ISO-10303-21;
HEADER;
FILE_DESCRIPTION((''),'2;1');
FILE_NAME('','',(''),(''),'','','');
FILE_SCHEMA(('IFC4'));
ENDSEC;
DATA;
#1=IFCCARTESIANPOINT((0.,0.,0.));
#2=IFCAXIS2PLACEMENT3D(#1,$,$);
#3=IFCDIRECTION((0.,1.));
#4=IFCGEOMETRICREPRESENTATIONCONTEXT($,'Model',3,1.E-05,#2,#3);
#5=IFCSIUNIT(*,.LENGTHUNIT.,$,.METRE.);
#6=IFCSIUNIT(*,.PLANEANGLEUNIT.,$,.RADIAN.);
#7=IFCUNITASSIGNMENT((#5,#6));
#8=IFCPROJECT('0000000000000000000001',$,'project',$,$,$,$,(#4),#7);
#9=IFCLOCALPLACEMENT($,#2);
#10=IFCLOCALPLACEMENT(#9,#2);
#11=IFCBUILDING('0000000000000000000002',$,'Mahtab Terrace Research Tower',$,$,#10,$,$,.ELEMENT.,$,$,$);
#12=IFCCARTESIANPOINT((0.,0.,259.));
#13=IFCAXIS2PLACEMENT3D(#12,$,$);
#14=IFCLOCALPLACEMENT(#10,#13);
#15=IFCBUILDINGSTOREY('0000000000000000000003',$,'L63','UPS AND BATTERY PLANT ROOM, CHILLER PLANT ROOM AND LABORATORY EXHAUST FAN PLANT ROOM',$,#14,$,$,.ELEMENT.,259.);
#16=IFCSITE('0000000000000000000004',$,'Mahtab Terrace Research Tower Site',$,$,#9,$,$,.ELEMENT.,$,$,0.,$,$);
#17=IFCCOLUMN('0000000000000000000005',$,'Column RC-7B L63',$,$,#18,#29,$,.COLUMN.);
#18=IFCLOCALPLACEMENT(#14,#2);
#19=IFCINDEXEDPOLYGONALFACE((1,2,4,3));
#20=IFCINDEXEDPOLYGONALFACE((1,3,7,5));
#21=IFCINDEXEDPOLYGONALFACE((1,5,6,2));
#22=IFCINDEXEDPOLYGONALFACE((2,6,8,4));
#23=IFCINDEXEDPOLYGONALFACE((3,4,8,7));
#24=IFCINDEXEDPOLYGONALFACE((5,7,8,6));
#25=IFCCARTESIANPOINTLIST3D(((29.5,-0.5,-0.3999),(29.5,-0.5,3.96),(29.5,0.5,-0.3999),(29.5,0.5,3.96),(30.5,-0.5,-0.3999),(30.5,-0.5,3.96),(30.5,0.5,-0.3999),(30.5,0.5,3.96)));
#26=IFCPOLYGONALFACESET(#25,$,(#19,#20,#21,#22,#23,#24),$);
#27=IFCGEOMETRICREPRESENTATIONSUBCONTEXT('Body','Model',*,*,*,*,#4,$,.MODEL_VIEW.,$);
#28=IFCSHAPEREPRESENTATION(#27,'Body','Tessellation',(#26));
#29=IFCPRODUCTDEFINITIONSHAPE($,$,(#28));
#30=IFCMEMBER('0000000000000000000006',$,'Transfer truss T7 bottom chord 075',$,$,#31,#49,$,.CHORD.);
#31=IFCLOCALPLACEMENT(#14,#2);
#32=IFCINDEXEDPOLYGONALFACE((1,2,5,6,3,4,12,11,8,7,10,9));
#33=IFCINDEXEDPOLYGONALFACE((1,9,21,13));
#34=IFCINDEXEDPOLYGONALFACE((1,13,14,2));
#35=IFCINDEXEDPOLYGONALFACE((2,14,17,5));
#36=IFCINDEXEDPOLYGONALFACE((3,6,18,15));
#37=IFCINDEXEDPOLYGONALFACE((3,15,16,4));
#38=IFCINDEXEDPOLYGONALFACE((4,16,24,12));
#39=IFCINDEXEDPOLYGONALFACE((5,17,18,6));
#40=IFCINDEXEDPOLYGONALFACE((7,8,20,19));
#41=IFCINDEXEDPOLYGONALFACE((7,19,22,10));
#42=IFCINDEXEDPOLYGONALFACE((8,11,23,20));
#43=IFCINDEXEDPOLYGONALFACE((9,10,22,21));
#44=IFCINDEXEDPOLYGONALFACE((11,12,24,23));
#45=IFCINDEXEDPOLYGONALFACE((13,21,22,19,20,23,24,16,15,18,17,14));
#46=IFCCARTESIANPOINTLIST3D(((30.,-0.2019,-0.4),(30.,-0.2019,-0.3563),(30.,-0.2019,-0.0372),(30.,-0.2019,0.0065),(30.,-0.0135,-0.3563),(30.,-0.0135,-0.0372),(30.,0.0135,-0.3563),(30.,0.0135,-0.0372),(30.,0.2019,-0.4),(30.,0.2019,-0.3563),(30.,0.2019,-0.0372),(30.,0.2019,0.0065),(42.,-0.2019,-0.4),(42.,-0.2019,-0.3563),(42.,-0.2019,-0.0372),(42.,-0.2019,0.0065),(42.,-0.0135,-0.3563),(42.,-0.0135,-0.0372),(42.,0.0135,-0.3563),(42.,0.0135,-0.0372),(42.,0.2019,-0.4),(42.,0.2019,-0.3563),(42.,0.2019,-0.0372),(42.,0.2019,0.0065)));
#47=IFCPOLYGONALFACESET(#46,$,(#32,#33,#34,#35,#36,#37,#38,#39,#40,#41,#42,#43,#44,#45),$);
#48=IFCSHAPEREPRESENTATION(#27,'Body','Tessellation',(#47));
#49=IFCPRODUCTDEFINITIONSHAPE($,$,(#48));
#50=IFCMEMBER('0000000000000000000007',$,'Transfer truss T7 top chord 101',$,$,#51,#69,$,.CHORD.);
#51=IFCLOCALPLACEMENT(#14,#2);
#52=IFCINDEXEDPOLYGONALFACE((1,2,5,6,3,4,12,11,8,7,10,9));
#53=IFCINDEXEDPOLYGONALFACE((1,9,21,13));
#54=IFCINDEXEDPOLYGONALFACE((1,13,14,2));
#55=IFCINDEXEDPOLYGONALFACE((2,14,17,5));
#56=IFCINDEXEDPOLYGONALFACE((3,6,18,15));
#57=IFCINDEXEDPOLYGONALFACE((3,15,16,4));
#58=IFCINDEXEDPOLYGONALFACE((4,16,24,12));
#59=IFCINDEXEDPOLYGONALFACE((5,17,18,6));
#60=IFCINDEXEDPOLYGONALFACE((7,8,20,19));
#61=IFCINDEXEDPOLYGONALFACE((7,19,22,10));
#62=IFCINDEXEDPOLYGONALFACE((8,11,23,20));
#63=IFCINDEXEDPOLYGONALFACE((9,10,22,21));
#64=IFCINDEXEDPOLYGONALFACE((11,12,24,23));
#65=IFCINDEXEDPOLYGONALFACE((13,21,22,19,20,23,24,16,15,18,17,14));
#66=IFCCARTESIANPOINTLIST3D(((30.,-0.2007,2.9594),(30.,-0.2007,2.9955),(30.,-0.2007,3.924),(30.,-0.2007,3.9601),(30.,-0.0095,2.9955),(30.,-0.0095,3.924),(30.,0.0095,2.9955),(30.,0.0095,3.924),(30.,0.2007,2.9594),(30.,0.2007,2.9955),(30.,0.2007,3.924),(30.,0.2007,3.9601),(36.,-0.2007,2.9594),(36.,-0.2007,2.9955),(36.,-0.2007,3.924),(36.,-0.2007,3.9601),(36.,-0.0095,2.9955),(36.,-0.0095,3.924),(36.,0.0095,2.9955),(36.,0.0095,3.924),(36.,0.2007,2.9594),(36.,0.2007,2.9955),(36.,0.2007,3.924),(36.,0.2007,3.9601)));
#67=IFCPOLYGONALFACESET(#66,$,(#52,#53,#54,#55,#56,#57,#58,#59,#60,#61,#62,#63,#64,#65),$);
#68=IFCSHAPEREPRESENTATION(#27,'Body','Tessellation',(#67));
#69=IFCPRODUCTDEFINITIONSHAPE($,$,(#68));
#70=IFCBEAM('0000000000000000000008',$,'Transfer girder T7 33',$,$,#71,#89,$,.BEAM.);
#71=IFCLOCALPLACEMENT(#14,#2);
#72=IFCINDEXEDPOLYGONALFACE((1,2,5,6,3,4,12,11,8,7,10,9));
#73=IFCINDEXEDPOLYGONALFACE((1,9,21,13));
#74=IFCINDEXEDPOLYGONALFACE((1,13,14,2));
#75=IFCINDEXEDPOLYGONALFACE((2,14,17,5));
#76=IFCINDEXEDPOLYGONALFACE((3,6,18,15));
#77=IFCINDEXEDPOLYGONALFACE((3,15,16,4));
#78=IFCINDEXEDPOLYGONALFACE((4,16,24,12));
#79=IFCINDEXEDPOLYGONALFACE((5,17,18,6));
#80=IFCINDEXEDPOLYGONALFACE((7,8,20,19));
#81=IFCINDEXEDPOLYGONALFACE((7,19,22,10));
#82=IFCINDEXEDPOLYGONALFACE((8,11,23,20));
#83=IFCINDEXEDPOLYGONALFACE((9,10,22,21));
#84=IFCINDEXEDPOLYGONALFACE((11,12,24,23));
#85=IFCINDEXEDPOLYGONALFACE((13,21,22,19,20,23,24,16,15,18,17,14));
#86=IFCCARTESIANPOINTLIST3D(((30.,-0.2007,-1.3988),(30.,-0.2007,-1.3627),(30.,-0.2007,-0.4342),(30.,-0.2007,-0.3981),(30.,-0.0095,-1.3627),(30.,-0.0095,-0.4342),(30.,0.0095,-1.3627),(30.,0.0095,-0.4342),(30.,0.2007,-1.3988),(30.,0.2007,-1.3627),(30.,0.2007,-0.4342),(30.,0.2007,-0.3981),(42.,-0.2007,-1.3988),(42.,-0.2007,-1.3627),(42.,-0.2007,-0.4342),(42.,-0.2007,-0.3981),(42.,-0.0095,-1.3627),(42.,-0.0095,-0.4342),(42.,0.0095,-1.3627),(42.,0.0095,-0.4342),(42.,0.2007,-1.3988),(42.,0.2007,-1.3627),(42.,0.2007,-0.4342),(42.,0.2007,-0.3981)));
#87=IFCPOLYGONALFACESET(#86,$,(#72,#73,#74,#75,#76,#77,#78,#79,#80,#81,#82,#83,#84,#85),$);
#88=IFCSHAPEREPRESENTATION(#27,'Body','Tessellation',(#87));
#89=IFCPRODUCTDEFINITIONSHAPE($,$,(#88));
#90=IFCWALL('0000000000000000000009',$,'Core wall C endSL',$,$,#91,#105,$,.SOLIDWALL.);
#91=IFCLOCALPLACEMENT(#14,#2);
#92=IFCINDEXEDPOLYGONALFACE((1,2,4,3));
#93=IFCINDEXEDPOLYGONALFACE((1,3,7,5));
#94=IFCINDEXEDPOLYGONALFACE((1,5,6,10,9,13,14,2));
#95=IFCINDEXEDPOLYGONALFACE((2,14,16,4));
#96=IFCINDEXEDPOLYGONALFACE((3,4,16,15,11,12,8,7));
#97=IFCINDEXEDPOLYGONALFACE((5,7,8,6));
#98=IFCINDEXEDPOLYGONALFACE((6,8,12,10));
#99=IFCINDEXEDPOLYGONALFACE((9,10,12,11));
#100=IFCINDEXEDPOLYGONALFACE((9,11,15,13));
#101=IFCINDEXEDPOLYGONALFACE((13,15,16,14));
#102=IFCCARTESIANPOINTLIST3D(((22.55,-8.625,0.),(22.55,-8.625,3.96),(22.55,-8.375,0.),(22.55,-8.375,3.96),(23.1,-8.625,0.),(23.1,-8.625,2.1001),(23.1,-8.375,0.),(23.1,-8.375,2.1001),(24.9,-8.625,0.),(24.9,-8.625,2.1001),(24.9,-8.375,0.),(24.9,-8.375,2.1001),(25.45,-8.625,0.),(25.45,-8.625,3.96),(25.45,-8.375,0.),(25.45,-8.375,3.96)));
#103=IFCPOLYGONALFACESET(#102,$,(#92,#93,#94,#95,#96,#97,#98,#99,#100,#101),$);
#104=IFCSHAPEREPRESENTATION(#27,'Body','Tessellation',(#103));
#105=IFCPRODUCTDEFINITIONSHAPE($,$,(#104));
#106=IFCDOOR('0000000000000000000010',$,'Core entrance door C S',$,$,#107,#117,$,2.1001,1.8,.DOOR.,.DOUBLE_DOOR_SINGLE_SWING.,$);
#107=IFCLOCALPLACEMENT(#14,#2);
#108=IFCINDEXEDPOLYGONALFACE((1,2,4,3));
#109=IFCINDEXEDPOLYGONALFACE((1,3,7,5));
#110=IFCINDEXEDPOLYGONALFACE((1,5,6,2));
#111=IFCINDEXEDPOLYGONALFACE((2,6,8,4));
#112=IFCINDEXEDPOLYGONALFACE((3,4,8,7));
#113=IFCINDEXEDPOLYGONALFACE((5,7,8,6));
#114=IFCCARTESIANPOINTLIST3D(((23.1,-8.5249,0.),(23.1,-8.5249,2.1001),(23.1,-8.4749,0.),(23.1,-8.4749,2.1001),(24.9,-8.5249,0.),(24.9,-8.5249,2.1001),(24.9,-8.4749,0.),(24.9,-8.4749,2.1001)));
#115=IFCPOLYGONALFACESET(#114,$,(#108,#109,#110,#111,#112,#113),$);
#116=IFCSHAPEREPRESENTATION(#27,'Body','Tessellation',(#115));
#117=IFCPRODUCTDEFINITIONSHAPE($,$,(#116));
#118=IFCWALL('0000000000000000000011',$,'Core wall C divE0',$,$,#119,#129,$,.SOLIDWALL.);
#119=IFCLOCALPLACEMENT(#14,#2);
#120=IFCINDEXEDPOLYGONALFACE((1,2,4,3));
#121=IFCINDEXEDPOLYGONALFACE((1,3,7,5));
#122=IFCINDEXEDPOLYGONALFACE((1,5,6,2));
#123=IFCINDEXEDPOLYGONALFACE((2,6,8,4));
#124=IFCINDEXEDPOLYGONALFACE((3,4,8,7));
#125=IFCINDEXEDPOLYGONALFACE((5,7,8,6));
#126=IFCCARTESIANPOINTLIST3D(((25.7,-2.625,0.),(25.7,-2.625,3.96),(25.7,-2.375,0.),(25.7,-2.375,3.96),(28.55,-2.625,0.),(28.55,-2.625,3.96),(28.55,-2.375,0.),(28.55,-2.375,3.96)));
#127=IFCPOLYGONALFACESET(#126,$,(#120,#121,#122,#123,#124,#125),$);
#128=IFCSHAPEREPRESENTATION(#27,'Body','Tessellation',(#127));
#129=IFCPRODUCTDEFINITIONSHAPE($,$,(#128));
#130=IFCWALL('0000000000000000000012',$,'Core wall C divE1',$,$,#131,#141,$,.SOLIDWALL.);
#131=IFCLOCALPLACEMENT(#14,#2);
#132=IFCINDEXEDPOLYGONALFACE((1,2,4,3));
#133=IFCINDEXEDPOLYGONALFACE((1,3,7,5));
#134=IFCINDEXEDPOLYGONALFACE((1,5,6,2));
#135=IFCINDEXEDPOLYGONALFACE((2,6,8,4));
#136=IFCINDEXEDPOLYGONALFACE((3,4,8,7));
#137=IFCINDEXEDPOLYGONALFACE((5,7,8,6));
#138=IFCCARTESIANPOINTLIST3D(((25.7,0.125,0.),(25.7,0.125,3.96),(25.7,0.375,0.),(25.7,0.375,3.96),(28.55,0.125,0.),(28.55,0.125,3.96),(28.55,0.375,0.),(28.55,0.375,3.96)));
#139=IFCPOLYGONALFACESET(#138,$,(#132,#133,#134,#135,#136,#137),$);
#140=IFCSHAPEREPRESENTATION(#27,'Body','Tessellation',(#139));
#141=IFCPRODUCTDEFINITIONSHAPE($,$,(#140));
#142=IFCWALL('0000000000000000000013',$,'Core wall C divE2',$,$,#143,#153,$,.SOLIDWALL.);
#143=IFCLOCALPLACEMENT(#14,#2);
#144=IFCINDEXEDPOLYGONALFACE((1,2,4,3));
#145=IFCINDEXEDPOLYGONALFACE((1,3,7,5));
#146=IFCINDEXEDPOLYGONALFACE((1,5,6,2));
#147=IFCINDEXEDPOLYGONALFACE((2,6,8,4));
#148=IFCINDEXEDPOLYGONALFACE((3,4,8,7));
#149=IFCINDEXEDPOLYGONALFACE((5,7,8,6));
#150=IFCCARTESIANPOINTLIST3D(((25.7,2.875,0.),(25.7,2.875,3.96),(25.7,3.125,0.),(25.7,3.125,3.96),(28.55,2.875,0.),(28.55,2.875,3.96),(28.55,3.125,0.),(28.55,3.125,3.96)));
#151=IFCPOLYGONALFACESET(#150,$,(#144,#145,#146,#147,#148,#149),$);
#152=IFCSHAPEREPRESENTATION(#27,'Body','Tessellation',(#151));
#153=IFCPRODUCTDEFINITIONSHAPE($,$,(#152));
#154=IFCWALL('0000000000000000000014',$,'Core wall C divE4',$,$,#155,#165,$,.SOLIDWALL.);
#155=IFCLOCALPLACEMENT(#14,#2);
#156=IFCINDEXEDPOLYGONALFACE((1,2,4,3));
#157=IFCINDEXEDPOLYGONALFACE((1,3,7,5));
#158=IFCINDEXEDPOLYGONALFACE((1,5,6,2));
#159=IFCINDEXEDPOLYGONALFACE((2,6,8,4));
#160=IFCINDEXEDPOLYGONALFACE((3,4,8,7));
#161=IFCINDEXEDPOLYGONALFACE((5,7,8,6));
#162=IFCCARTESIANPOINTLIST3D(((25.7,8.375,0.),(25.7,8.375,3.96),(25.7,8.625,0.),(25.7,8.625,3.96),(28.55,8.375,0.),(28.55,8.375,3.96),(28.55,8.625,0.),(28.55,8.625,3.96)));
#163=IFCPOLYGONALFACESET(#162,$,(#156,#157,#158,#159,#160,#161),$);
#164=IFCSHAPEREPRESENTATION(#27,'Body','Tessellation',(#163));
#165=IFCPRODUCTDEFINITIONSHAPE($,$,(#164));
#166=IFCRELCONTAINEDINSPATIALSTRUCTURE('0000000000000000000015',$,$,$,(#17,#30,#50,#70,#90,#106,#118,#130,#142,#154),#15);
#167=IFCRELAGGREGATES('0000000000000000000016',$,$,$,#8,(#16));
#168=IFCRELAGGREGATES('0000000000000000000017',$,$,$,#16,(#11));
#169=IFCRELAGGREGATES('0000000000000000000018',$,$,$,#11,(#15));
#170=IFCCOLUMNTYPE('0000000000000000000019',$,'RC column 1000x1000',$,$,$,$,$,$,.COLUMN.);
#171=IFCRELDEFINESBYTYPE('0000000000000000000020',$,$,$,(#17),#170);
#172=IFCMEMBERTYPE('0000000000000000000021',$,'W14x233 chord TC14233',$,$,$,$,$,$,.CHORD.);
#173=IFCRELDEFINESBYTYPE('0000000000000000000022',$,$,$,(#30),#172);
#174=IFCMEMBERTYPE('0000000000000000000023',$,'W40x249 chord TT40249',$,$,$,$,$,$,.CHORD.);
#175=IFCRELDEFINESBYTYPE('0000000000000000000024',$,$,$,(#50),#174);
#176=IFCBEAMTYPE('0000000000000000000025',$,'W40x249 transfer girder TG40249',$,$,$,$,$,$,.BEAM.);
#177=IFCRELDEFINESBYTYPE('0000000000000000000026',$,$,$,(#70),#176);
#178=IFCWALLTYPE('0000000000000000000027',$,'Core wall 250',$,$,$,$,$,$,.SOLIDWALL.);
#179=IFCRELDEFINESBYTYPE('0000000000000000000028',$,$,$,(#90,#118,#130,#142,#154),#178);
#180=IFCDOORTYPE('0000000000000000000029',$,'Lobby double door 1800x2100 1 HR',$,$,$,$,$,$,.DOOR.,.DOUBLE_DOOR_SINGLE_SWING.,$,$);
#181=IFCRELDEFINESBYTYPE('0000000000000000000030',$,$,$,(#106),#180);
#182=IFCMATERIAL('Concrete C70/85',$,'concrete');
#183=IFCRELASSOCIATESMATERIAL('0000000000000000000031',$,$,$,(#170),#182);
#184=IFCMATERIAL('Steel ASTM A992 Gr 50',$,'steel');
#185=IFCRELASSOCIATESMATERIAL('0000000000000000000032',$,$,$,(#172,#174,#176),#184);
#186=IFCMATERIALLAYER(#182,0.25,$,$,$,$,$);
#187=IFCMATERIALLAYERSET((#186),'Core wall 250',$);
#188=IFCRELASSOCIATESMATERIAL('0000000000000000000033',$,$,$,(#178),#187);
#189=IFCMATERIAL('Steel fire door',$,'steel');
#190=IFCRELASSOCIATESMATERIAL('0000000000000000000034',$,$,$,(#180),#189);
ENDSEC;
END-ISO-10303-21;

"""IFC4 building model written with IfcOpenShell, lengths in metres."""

from ifc_helpers import new_model, si_unit, direction, frame, frame_2d, origin, origin_2d, place, context, subcontext, project, spatial, rectangle, i_section, extrude, material, layer, layer_set, material_profile, profile_set, type_object, element, fill, save


model = new_model("IFC4")

# Units and contexts
model_context = context("Model", 3, precision=1e-05, world=origin(), true_north=direction((0.0, 1.0)))
body_context = subcontext(model_context, "Body", "Model", "MODEL_VIEW")
ifc_project = project(units=[si_unit("LENGTHUNIT", "METRE"), si_unit("PLANEANGLEUNIT", "RADIAN")], contexts=[model_context])

# Site, building, storey
site_placement = place(None, origin())
site = spatial("IfcSite", under=ifc_project, at=site_placement, Name="Mahtab Terrace Research Tower Site", CompositionType="ELEMENT", RefElevation=0.0)
building_placement = place(site_placement, origin())
building = spatial("IfcBuilding", under=site, at=building_placement, Name="Mahtab Terrace Research Tower", CompositionType="ELEMENT")
storey_placement = place(building_placement, frame((0.0, 0.0, 259.0)))
storey = spatial("IfcBuildingStorey", under=building, at=storey_placement, Name="L63", Description="UPS AND BATTERY PLANT ROOM, CHILLER PLANT ROOM AND LABORATORY EXHAUST FAN PLANT ROOM", CompositionType="ELEMENT", Elevation=259.0)

# Column
ifc_material_1 = material(Name="Concrete C70/85", Category="concrete")
ifc_material_profile_1 = material_profile(ifc_material_1, rectangle(XDim=1.0, YDim=1.0, at=origin_2d()), Name="RC column 1000x1000")
ifc_profile_set_1 = profile_set([ifc_material_profile_1], Name="Concrete C70/85")
column_type = type_object("IfcColumnType", Name="RC column 1000x1000", PredefinedType="COLUMN", material=ifc_profile_set_1)
column_placement = place(storey_placement, frame((30.0, 0.0, -0.3999), z_axis=(0.0, 0.0, 1.0), x_axis=(1.0, 0.0, 0.0)))
element("IfcColumn", 1, at=column_placement, inside=storey, type_object=column_type, Name="Column RC-7B L63", PredefinedType="COLUMN", context=body_context, shape_type="SweptSolid", body=[
    extrude(rectangle(XDim=1.0, YDim=1.0, at=origin_2d()), origin(), (0.0, 0.0, 1.0), 4.3599),
])

# Members
ifc_material_2 = material(Name="Steel ASTM A992 Gr 50", Category="steel")
ifc_material_profile_2 = material_profile(ifc_material_2, i_section(OverallWidth=0.4038, OverallDepth=0.4065, WebThickness=0.0271, FlangeThickness=0.0437, at=origin_2d()), Name="W14X233")
ifc_profile_set_2 = profile_set([ifc_material_profile_2], Name="Steel ASTM A992 Gr 50")
member_type_1 = type_object("IfcMemberType", Name="W14x233 chord TC14233", PredefinedType="CHORD", material=ifc_profile_set_2)
member_1_placement = place(storey_placement, frame((30.0, 0.0, -0.1968), z_axis=(1.0, 0.0, 0.0), x_axis=(0.0, 1.0, 0.0)))
element("IfcMember", 2, at=member_1_placement, inside=storey, type_object=member_type_1, Name="Transfer truss T7 bottom chord 075", PredefinedType="CHORD", context=body_context, shape_type="SweptSolid", body=[
    extrude(i_section(OverallWidth=0.4038, OverallDepth=0.4065, WebThickness=0.0271, FlangeThickness=0.0437, at=origin_2d()), origin(), (0.0, 0.0, 1.0), 12.0),
])
ifc_material_profile_3 = material_profile(ifc_material_2, i_section(OverallWidth=0.4014, OverallDepth=1.0007, WebThickness=0.019, FlangeThickness=0.0361, at=origin_2d()), Name="W40X249")
ifc_profile_set_3 = profile_set([ifc_material_profile_3], Name="Steel ASTM A992 Gr 50")
member_type_2 = type_object("IfcMemberType", Name="W40x249 chord TT40249", PredefinedType="CHORD", material=ifc_profile_set_3)
member_2_placement = place(storey_placement, frame((30.0, 0.0, 3.4597), z_axis=(1.0, 0.0, 0.0), x_axis=(0.0, 1.0, 0.0)))
element("IfcMember", 3, at=member_2_placement, inside=storey, type_object=member_type_2, Name="Transfer truss T7 top chord 101", PredefinedType="CHORD", context=body_context, shape_type="SweptSolid", body=[
    extrude(i_section(OverallWidth=0.4014, OverallDepth=1.0007, WebThickness=0.019, FlangeThickness=0.0361, at=origin_2d()), origin(), (0.0, 0.0, 1.0), 6.0),
])

# Beam
ifc_material_profile_4 = material_profile(ifc_material_2, i_section(OverallWidth=0.4014, OverallDepth=1.0007, WebThickness=0.019, FlangeThickness=0.0361, at=origin_2d()), Name="W40X249")
ifc_profile_set_4 = profile_set([ifc_material_profile_4], Name="Steel ASTM A992 Gr 50")
beam_type = type_object("IfcBeamType", Name="W40x249 transfer girder TG40249", PredefinedType="BEAM", material=ifc_profile_set_4)
beam_placement = place(storey_placement, frame((30.0, 0.0, -0.8984), z_axis=(1.0, 0.0, 0.0), x_axis=(0.0, 1.0, 0.0)))
element("IfcBeam", 4, at=beam_placement, inside=storey, type_object=beam_type, Name="Transfer girder T7 33", PredefinedType="BEAM", context=body_context, shape_type="SweptSolid", body=[
    extrude(i_section(OverallWidth=0.4014, OverallDepth=1.0007, WebThickness=0.019, FlangeThickness=0.0361, at=origin_2d()), origin(), (0.0, 0.0, 1.0), 12.0),
])

# Wall, opening, door
ifc_layer_1 = layer(ifc_material_1, 0.25)
ifc_layer_set_1 = layer_set([ifc_layer_1], Name="Core wall 250")
wall_type = type_object("IfcWallType", Name="Core wall 250", PredefinedType="SOLIDWALL", material=ifc_layer_set_1)
wall_placement = place(storey_placement, frame((25.45, -8.5, 0.0), z_axis=(0.0, 0.0, 1.0), x_axis=(-1.0, 0.0, 0.0)))
wall = element("IfcWall", 5, at=wall_placement, inside=storey, type_object=wall_type, Name="Core wall C endSL", PredefinedType="SOLIDWALL", context=body_context, shape_type="SweptSolid", body=[
    extrude(rectangle(XDim=2.8999, YDim=0.25, at=frame_2d((1.45, 0.0))), origin(), (0.0, 0.0, 1.0), 3.96),
])
opening_placement = place(wall_placement, frame((0.55, 0.0, 0.0)))
opening = element("IfcOpeningElement", 6, at=opening_placement, cuts=wall, PredefinedType="OPENING", context=body_context, shape_type="SweptSolid", body=[
    extrude(rectangle(XDim=1.8, YDim=2.1001, at=frame_2d((0.8999, 1.05))), frame((0.0, 0.135, 0.0), z_axis=(0.0, -1.0, 0.0), x_axis=(1.0, 0.0, 0.0)), (0.0, 0.0, 1.0), 0.27),
])
ifc_material_3 = material(Name="Steel fire door", Category="steel")
door_type = type_object("IfcDoorType", Name="Lobby double door 1800x2100 1 HR", OperationType="DOUBLE_DOOR_SINGLE_SWING", PredefinedType="DOOR", material=ifc_material_3)
door_placement = place(opening_placement, origin())
door = element("IfcDoor", 7, at=door_placement, inside=storey, type_object=door_type, Name="Core entrance door C S", OperationType="DOUBLE_DOOR_SINGLE_SWING", OverallHeight=2.1001, OverallWidth=1.8, PredefinedType="DOOR", context=body_context, shape_type="SweptSolid", body=[
    extrude(rectangle(XDim=1.8, YDim=2.1001, at=frame_2d((0.8999, 1.05))), frame((0.0, 0.0249, 0.0), z_axis=(0.0, -1.0, 0.0), x_axis=(1.0, 0.0, 0.0)), (0.0, 0.0, 1.0), 0.05),
])
fill(opening, door)

# Walls
for number, where, z_axis, x_axis, name in (
    (8, (25.7, -2.5, 0.0), (0.0, 0.0, 1.0), (1.0, 0.0, 0.0), "Core wall C divE0"),
    (9, (25.7, 0.25, 0.0), (0.0, 0.0, 1.0), (1.0, 0.0, 0.0), "Core wall C divE1"),
    (10, (25.7, 3.0, 0.0), (0.0, 0.0, 1.0), (1.0, 0.0, 0.0), "Core wall C divE2"),
    (11, (25.7, 8.5, 0.0), (0.0, 0.0, 1.0), (1.0, 0.0, 0.0), "Core wall C divE4"),
):
    element("IfcWall", number, at=place(storey_placement, frame(where, z_axis=z_axis, x_axis=x_axis)), inside=storey, type_object=wall_type, Name=name, PredefinedType="SOLIDWALL", context=body_context, shape_type="SweptSolid", body=[
        extrude(rectangle(XDim=2.8501, YDim=0.25, at=frame_2d((1.425, 0.0))), origin(), (0.0, 0.0, 1.0), 3.96),
    ])

save(model, "model.ifc")
